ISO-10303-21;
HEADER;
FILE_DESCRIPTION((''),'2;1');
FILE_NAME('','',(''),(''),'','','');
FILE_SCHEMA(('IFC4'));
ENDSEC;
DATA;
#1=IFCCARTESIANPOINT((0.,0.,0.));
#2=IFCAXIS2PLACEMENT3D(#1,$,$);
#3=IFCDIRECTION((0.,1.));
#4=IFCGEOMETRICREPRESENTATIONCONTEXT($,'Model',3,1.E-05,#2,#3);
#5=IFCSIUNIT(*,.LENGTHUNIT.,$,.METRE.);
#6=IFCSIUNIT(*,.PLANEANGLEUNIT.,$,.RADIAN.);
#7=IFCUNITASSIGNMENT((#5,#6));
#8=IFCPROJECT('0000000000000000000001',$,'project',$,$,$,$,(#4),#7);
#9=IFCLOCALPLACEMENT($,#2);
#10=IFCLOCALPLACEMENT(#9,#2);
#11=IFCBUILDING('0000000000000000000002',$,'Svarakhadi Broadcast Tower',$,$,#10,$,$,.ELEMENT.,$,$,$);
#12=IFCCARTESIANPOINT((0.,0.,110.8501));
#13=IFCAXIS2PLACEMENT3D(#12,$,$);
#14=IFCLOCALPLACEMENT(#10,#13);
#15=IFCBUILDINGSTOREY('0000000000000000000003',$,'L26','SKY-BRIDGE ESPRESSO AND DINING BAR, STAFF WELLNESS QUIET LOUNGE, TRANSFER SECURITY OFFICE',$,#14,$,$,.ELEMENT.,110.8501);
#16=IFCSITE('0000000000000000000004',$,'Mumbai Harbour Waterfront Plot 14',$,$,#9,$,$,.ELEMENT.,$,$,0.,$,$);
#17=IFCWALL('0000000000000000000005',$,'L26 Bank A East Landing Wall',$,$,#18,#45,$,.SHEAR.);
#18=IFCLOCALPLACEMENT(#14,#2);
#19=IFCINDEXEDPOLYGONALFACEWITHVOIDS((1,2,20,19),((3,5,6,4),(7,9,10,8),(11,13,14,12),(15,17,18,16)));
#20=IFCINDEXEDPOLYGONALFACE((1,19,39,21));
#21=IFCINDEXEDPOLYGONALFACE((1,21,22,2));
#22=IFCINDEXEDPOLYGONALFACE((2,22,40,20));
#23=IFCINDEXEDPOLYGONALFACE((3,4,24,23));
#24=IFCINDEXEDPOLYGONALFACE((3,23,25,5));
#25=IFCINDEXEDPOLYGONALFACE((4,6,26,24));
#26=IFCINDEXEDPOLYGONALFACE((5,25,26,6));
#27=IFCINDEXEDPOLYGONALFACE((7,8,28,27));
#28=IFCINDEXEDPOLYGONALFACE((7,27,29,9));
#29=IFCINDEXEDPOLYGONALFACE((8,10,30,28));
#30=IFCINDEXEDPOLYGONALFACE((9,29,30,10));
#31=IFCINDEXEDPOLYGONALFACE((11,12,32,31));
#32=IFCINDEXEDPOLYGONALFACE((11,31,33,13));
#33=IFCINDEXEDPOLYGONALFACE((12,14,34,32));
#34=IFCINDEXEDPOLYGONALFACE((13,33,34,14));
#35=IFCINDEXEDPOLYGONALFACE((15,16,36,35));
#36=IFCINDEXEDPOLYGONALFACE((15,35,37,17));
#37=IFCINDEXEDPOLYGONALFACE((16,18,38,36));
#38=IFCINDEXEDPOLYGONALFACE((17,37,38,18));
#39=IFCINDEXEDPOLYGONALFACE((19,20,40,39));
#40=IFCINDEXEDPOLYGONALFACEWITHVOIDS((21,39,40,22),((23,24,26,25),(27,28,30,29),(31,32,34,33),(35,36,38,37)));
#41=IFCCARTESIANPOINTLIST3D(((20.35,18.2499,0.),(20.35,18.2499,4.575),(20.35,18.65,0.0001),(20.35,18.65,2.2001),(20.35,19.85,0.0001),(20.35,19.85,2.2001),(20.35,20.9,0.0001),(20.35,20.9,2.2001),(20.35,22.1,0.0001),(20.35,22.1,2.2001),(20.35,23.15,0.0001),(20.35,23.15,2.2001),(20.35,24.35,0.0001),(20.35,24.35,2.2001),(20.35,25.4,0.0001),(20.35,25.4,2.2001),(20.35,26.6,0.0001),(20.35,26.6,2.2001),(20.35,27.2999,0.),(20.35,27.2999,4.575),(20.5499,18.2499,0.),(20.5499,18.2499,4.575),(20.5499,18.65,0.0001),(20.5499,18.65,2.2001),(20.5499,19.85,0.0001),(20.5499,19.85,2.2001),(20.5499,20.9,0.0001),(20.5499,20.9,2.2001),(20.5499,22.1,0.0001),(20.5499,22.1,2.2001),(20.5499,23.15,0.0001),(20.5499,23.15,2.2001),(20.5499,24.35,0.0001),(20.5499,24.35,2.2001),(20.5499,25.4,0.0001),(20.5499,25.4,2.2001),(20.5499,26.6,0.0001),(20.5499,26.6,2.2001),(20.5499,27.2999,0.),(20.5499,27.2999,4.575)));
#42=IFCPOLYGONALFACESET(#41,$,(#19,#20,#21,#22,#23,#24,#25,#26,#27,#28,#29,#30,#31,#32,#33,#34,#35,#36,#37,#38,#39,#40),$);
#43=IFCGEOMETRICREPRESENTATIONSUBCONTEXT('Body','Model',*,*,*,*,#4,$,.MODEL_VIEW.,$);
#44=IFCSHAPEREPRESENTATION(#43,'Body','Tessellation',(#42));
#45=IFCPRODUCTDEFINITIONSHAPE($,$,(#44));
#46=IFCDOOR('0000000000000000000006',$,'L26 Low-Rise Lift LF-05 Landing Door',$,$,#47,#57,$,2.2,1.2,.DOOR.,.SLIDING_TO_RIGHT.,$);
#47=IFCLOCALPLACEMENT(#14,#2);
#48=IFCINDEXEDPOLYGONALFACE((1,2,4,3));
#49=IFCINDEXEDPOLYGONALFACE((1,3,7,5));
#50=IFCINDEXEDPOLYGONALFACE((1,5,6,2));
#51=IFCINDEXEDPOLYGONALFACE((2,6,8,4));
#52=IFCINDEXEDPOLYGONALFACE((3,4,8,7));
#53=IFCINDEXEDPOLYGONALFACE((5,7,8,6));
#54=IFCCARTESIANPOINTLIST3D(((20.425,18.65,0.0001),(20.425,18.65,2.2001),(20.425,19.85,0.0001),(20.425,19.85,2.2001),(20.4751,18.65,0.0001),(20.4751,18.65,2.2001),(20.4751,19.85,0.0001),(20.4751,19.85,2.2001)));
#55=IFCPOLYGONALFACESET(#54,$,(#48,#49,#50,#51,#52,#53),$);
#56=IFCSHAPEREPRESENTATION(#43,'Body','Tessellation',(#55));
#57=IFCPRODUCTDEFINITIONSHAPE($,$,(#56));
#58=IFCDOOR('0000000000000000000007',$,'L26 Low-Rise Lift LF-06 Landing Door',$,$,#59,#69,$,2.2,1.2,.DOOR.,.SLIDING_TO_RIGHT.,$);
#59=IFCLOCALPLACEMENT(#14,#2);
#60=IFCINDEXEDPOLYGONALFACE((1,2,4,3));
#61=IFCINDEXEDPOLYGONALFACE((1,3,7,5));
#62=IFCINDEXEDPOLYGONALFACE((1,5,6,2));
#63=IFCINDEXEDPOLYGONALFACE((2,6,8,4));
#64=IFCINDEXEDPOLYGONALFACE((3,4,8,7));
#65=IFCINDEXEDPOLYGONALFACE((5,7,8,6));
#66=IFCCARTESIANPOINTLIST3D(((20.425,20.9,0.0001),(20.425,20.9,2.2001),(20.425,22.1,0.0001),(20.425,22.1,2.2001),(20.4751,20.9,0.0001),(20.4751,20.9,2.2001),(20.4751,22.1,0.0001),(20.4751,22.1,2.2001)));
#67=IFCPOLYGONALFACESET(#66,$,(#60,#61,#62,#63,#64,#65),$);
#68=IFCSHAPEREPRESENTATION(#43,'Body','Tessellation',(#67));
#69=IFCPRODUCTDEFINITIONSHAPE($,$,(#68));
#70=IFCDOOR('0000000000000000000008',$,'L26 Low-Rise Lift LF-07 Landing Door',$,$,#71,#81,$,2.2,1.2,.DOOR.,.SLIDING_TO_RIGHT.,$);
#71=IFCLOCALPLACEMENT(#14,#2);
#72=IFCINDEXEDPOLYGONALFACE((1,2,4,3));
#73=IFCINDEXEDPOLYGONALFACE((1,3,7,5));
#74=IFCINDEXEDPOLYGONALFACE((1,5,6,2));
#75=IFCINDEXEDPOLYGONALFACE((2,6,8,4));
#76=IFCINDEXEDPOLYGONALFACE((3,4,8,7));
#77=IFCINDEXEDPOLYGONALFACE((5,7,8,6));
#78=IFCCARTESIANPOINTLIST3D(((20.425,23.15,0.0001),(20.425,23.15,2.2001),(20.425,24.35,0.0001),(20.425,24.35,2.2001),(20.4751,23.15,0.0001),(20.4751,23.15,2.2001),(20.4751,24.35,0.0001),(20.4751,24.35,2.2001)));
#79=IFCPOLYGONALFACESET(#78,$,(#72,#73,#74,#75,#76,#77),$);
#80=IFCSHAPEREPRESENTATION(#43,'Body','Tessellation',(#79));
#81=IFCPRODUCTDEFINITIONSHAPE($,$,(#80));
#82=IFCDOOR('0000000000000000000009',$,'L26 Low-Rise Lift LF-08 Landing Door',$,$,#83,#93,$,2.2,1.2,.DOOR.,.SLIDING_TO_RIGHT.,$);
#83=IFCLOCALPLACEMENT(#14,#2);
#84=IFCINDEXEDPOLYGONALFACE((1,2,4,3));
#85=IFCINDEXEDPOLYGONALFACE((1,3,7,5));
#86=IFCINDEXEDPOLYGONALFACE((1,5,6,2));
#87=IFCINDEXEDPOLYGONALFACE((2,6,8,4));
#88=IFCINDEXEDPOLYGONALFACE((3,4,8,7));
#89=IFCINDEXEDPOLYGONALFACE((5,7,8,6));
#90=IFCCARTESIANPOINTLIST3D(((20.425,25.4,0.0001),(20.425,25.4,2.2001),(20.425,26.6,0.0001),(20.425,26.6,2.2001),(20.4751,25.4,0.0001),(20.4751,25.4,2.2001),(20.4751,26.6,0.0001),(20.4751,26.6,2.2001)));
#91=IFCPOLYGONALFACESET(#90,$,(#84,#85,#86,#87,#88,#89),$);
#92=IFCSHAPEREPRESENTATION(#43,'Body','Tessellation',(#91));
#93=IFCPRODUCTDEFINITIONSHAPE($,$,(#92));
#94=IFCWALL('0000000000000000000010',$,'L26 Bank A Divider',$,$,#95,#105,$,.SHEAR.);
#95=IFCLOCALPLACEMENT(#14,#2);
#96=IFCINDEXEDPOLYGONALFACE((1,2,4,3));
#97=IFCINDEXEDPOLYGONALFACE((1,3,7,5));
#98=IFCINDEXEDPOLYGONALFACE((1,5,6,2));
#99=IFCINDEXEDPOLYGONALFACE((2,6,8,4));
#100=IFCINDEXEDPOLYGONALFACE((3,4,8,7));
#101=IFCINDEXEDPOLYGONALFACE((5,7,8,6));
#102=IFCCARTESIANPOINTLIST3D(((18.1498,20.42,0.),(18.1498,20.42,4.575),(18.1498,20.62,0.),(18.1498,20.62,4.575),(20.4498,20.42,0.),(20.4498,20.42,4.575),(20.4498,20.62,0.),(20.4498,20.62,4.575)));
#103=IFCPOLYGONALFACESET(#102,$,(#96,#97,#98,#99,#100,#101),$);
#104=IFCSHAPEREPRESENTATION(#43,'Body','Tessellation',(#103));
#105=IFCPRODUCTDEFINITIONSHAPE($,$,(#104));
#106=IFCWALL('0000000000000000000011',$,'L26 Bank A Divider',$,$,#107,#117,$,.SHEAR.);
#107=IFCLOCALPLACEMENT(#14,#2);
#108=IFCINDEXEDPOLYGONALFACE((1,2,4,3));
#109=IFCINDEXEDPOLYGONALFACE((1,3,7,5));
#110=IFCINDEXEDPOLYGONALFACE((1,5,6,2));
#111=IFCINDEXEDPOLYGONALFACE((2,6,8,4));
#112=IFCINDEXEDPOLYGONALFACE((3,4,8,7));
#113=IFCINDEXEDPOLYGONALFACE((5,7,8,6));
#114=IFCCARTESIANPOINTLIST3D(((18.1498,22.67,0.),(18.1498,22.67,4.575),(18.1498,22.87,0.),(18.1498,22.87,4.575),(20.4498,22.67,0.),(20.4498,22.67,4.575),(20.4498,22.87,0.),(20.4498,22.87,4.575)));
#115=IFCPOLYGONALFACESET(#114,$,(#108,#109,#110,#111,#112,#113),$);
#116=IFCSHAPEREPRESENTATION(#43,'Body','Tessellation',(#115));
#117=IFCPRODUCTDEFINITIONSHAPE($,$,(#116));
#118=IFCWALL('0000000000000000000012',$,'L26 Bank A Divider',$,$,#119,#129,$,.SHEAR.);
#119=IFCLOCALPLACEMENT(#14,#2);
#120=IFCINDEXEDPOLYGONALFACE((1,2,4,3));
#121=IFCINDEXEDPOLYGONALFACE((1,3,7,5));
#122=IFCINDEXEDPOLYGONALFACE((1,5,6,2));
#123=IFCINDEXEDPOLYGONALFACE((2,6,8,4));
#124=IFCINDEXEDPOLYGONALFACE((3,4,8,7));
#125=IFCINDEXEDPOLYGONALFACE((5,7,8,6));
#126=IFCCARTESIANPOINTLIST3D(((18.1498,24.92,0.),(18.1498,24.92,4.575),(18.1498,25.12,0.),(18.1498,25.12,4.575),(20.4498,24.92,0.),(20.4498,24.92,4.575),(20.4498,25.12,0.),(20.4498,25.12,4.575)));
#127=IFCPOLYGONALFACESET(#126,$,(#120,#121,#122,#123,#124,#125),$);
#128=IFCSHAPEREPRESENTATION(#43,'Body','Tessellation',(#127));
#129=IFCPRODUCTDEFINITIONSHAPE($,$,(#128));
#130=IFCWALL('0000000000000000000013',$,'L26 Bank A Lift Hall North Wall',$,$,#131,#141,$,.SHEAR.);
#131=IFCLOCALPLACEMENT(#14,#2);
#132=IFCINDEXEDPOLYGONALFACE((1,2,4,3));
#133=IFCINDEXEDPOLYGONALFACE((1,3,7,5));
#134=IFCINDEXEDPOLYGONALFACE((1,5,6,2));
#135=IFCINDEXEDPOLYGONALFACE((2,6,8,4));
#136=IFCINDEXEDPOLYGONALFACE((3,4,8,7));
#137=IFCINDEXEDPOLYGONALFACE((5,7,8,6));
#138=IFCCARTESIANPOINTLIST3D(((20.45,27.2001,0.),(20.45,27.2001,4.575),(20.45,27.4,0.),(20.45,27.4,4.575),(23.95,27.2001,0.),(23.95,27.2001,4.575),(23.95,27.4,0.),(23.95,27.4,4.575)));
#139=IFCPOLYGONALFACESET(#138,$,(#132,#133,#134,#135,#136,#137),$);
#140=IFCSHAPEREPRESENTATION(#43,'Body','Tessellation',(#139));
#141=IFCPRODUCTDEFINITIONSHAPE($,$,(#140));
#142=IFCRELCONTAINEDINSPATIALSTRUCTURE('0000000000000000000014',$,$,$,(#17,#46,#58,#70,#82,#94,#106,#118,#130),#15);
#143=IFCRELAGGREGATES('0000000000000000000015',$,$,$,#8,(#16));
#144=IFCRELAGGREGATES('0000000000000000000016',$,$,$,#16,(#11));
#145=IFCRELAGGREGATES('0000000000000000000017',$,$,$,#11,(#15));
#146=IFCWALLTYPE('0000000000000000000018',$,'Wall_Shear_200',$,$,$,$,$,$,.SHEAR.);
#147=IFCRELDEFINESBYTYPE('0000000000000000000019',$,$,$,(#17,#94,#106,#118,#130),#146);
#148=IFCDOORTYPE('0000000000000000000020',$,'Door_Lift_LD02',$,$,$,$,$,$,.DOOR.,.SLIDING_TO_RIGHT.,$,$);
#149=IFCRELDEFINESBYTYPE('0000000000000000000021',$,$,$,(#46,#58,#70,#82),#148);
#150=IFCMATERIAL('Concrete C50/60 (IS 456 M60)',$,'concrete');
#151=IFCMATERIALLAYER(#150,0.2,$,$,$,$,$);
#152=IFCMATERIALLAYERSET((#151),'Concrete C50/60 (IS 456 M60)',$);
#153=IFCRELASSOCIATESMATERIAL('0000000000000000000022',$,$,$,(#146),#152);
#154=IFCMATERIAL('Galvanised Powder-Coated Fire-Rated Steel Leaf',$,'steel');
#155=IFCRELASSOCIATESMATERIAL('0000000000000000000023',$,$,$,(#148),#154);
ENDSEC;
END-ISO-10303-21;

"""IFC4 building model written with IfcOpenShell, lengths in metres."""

from ifc_helpers import new_model, si_unit, direction, frame, frame_2d, origin, place, context, subcontext, project, spatial, rectangle, extrude, material, layer, layer_set, type_object, element, fill, save


model = new_model("IFC4")

# Units and contexts
model_context = context("Model", 3, precision=1e-05, world=origin(), true_north=direction((0.0, 1.0)))
body_context = subcontext(model_context, "Body", "Model", "MODEL_VIEW")
ifc_project = project(units=[si_unit("LENGTHUNIT", "METRE"), si_unit("PLANEANGLEUNIT", "RADIAN")], contexts=[model_context])

# Site, building, storey
site_placement = place(None, origin())
site = spatial("IfcSite", under=ifc_project, at=site_placement, Name="Mumbai Harbour Waterfront Plot 14", CompositionType="ELEMENT", RefElevation=0.0)
building_placement = place(site_placement, origin())
building = spatial("IfcBuilding", under=site, at=building_placement, Name="Svarakhadi Broadcast Tower", CompositionType="ELEMENT")
storey_placement = place(building_placement, frame((0.0, 0.0, 110.8501)))
storey = spatial("IfcBuildingStorey", under=building, at=storey_placement, Name="L26", Description="SKY-BRIDGE ESPRESSO AND DINING BAR, STAFF WELLNESS QUIET LOUNGE, TRANSFER SECURITY OFFICE", CompositionType="ELEMENT", Elevation=110.8501)

# Shared definitions
ifc_material_1 = material(Name="Concrete C50/60 (IS 456 M60)", Category="concrete")
ifc_layer_1 = layer(ifc_material_1, 0.2)
ifc_layer_set_1 = layer_set([ifc_layer_1], Name="Concrete C50/60 (IS 456 M60)")
wall_type = type_object("IfcWallType", Name="Wall_Shear_200", PredefinedType="SHEAR", material=ifc_layer_set_1)

# Wall, openings, doors
wall_1_placement = place(storey_placement, frame((20.45, 18.25, 0.0), z_axis=(0.0, 0.0, 1.0), x_axis=(0.0, 1.0, 0.0)))
wall_1 = element("IfcWall", 1, at=wall_1_placement, inside=storey, type_object=wall_type, Name="L26 Bank A East Landing Wall", PredefinedType="SHEAR", context=body_context, shape_type="SweptSolid", body=[
    extrude(rectangle(XDim=9.05, YDim=0.2, at=frame_2d((4.5249, 0.0))), origin(), (0.0, 0.0, 1.0), 4.575),
])
opening_1_placement = place(wall_1_placement, frame((0.3999, 0.0, 0.0)))
opening_1 = element("IfcOpeningElement", 2, at=opening_1_placement, cuts=wall_1, PredefinedType="OPENING", context=body_context, shape_type="SweptSolid", body=[
    extrude(rectangle(XDim=1.2, YDim=2.2, at=frame_2d((0.6001, 1.1001))), frame((0.0, 0.1099, 0.0), z_axis=(0.0, -1.0, 0.0), x_axis=(1.0, 0.0, 0.0)), (0.0, 0.0, 1.0), 0.22),
])
opening_2_placement = place(wall_1_placement, frame((2.6499, 0.0, 0.0)))
opening_2 = element("IfcOpeningElement", 3, at=opening_2_placement, cuts=wall_1, PredefinedType="OPENING", context=body_context, shape_type="SweptSolid", body=[
    extrude(rectangle(XDim=1.2, YDim=2.2, at=frame_2d((0.6001, 1.1001))), frame((0.0, 0.1099, 0.0), z_axis=(0.0, -1.0, 0.0), x_axis=(1.0, 0.0, 0.0)), (0.0, 0.0, 1.0), 0.22),
])
opening_3_placement = place(wall_1_placement, frame((4.8999, 0.0, 0.0)))
opening_3 = element("IfcOpeningElement", 4, at=opening_3_placement, cuts=wall_1, PredefinedType="OPENING", context=body_context, shape_type="SweptSolid", body=[
    extrude(rectangle(XDim=1.2, YDim=2.2, at=frame_2d((0.6001, 1.1001))), frame((0.0, 0.1099, 0.0), z_axis=(0.0, -1.0, 0.0), x_axis=(1.0, 0.0, 0.0)), (0.0, 0.0, 1.0), 0.22),
])
opening_4_placement = place(wall_1_placement, frame((7.1499, 0.0, 0.0)))
opening_4 = element("IfcOpeningElement", 5, at=opening_4_placement, cuts=wall_1, PredefinedType="OPENING", context=body_context, shape_type="SweptSolid", body=[
    extrude(rectangle(XDim=1.2, YDim=2.2, at=frame_2d((0.6001, 1.1001))), frame((0.0, 0.1099, 0.0), z_axis=(0.0, -1.0, 0.0), x_axis=(1.0, 0.0, 0.0)), (0.0, 0.0, 1.0), 0.22),
])
ifc_material_2 = material(Name="Galvanised Powder-Coated Fire-Rated Steel Leaf", Category="steel")
door_type = type_object("IfcDoorType", Name="Door_Lift_LD02", OperationType="SLIDING_TO_RIGHT", PredefinedType="DOOR", material=ifc_material_2)
door_1_placement = place(opening_1_placement, origin())
door_1 = element("IfcDoor", 6, at=door_1_placement, inside=storey, type_object=door_type, Name="L26 Low-Rise Lift LF-05 Landing Door", OperationType="SLIDING_TO_RIGHT", OverallHeight=2.2, OverallWidth=1.2, PredefinedType="DOOR", context=body_context, shape_type="SweptSolid", body=[
    extrude(rectangle(XDim=1.2, YDim=2.2, at=frame_2d((0.6001, 1.1001))), frame((0.0, 0.0249, 0.0), z_axis=(0.0, -1.0, 0.0), x_axis=(1.0, 0.0, 0.0)), (0.0, 0.0, 1.0), 0.05),
])
fill(opening_1, door_1)
door_2_placement = place(opening_2_placement, origin())
door_2 = element("IfcDoor", 7, at=door_2_placement, inside=storey, type_object=door_type, Name="L26 Low-Rise Lift LF-06 Landing Door", OperationType="SLIDING_TO_RIGHT", OverallHeight=2.2, OverallWidth=1.2, PredefinedType="DOOR", context=body_context, shape_type="SweptSolid", body=[
    extrude(rectangle(XDim=1.2, YDim=2.2, at=frame_2d((0.6001, 1.1001))), frame((0.0, 0.0249, 0.0), z_axis=(0.0, -1.0, 0.0), x_axis=(1.0, 0.0, 0.0)), (0.0, 0.0, 1.0), 0.05),
])
fill(opening_2, door_2)
door_3_placement = place(opening_3_placement, origin())
door_3 = element("IfcDoor", 8, at=door_3_placement, inside=storey, type_object=door_type, Name="L26 Low-Rise Lift LF-07 Landing Door", OperationType="SLIDING_TO_RIGHT", OverallHeight=2.2, OverallWidth=1.2, PredefinedType="DOOR", context=body_context, shape_type="SweptSolid", body=[
    extrude(rectangle(XDim=1.2, YDim=2.2, at=frame_2d((0.6001, 1.1001))), frame((0.0, 0.0249, 0.0), z_axis=(0.0, -1.0, 0.0), x_axis=(1.0, 0.0, 0.0)), (0.0, 0.0, 1.0), 0.05),
])
fill(opening_3, door_3)
door_4_placement = place(opening_4_placement, origin())
door_4 = element("IfcDoor", 9, at=door_4_placement, inside=storey, type_object=door_type, Name="L26 Low-Rise Lift LF-08 Landing Door", OperationType="SLIDING_TO_RIGHT", OverallHeight=2.2, OverallWidth=1.2, PredefinedType="DOOR", context=body_context, shape_type="SweptSolid", body=[
    extrude(rectangle(XDim=1.2, YDim=2.2, at=frame_2d((0.6001, 1.1001))), frame((0.0, 0.0249, 0.0), z_axis=(0.0, -1.0, 0.0), x_axis=(1.0, 0.0, 0.0)), (0.0, 0.0, 1.0), 0.05),
])
fill(opening_4, door_4)

# Walls
for number, where, z_axis, x_axis, name in (
    (10, (18.1499, 20.52, 0.0), (0.0, 0.0, 1.0), (1.0, 0.0, 0.0), "L26 Bank A Divider"),
    (11, (18.1499, 22.77, 0.0), (0.0, 0.0, 1.0), (1.0, 0.0, 0.0), "L26 Bank A Divider"),
    (12, (18.1499, 25.02, 0.0), (0.0, 0.0, 1.0), (1.0, 0.0, 0.0), "L26 Bank A Divider"),
):
    element("IfcWall", number, at=place(storey_placement, frame(where, z_axis=z_axis, x_axis=x_axis)), inside=storey, type_object=wall_type, Name=name, PredefinedType="SHEAR", context=body_context, shape_type="SweptSolid", body=[
        extrude(rectangle(XDim=2.3, YDim=0.2, at=frame_2d((1.1499, 0.0))), origin(), (0.0, 0.0, 1.0), 4.575),
    ])
wall_2_placement = place(storey_placement, frame((20.45, 27.3, 0.0), z_axis=(0.0, 0.0, 1.0), x_axis=(1.0, 0.0, 0.0)))
element("IfcWall", 13, at=wall_2_placement, inside=storey, type_object=wall_type, Name="L26 Bank A Lift Hall North Wall", PredefinedType="SHEAR", context=body_context, shape_type="SweptSolid", body=[
    extrude(rectangle(XDim=3.5, YDim=0.2, at=frame_2d((1.75, 0.0))), origin(), (0.0, 0.0, 1.0), 4.575),
])

save(model, "model.ifc")
